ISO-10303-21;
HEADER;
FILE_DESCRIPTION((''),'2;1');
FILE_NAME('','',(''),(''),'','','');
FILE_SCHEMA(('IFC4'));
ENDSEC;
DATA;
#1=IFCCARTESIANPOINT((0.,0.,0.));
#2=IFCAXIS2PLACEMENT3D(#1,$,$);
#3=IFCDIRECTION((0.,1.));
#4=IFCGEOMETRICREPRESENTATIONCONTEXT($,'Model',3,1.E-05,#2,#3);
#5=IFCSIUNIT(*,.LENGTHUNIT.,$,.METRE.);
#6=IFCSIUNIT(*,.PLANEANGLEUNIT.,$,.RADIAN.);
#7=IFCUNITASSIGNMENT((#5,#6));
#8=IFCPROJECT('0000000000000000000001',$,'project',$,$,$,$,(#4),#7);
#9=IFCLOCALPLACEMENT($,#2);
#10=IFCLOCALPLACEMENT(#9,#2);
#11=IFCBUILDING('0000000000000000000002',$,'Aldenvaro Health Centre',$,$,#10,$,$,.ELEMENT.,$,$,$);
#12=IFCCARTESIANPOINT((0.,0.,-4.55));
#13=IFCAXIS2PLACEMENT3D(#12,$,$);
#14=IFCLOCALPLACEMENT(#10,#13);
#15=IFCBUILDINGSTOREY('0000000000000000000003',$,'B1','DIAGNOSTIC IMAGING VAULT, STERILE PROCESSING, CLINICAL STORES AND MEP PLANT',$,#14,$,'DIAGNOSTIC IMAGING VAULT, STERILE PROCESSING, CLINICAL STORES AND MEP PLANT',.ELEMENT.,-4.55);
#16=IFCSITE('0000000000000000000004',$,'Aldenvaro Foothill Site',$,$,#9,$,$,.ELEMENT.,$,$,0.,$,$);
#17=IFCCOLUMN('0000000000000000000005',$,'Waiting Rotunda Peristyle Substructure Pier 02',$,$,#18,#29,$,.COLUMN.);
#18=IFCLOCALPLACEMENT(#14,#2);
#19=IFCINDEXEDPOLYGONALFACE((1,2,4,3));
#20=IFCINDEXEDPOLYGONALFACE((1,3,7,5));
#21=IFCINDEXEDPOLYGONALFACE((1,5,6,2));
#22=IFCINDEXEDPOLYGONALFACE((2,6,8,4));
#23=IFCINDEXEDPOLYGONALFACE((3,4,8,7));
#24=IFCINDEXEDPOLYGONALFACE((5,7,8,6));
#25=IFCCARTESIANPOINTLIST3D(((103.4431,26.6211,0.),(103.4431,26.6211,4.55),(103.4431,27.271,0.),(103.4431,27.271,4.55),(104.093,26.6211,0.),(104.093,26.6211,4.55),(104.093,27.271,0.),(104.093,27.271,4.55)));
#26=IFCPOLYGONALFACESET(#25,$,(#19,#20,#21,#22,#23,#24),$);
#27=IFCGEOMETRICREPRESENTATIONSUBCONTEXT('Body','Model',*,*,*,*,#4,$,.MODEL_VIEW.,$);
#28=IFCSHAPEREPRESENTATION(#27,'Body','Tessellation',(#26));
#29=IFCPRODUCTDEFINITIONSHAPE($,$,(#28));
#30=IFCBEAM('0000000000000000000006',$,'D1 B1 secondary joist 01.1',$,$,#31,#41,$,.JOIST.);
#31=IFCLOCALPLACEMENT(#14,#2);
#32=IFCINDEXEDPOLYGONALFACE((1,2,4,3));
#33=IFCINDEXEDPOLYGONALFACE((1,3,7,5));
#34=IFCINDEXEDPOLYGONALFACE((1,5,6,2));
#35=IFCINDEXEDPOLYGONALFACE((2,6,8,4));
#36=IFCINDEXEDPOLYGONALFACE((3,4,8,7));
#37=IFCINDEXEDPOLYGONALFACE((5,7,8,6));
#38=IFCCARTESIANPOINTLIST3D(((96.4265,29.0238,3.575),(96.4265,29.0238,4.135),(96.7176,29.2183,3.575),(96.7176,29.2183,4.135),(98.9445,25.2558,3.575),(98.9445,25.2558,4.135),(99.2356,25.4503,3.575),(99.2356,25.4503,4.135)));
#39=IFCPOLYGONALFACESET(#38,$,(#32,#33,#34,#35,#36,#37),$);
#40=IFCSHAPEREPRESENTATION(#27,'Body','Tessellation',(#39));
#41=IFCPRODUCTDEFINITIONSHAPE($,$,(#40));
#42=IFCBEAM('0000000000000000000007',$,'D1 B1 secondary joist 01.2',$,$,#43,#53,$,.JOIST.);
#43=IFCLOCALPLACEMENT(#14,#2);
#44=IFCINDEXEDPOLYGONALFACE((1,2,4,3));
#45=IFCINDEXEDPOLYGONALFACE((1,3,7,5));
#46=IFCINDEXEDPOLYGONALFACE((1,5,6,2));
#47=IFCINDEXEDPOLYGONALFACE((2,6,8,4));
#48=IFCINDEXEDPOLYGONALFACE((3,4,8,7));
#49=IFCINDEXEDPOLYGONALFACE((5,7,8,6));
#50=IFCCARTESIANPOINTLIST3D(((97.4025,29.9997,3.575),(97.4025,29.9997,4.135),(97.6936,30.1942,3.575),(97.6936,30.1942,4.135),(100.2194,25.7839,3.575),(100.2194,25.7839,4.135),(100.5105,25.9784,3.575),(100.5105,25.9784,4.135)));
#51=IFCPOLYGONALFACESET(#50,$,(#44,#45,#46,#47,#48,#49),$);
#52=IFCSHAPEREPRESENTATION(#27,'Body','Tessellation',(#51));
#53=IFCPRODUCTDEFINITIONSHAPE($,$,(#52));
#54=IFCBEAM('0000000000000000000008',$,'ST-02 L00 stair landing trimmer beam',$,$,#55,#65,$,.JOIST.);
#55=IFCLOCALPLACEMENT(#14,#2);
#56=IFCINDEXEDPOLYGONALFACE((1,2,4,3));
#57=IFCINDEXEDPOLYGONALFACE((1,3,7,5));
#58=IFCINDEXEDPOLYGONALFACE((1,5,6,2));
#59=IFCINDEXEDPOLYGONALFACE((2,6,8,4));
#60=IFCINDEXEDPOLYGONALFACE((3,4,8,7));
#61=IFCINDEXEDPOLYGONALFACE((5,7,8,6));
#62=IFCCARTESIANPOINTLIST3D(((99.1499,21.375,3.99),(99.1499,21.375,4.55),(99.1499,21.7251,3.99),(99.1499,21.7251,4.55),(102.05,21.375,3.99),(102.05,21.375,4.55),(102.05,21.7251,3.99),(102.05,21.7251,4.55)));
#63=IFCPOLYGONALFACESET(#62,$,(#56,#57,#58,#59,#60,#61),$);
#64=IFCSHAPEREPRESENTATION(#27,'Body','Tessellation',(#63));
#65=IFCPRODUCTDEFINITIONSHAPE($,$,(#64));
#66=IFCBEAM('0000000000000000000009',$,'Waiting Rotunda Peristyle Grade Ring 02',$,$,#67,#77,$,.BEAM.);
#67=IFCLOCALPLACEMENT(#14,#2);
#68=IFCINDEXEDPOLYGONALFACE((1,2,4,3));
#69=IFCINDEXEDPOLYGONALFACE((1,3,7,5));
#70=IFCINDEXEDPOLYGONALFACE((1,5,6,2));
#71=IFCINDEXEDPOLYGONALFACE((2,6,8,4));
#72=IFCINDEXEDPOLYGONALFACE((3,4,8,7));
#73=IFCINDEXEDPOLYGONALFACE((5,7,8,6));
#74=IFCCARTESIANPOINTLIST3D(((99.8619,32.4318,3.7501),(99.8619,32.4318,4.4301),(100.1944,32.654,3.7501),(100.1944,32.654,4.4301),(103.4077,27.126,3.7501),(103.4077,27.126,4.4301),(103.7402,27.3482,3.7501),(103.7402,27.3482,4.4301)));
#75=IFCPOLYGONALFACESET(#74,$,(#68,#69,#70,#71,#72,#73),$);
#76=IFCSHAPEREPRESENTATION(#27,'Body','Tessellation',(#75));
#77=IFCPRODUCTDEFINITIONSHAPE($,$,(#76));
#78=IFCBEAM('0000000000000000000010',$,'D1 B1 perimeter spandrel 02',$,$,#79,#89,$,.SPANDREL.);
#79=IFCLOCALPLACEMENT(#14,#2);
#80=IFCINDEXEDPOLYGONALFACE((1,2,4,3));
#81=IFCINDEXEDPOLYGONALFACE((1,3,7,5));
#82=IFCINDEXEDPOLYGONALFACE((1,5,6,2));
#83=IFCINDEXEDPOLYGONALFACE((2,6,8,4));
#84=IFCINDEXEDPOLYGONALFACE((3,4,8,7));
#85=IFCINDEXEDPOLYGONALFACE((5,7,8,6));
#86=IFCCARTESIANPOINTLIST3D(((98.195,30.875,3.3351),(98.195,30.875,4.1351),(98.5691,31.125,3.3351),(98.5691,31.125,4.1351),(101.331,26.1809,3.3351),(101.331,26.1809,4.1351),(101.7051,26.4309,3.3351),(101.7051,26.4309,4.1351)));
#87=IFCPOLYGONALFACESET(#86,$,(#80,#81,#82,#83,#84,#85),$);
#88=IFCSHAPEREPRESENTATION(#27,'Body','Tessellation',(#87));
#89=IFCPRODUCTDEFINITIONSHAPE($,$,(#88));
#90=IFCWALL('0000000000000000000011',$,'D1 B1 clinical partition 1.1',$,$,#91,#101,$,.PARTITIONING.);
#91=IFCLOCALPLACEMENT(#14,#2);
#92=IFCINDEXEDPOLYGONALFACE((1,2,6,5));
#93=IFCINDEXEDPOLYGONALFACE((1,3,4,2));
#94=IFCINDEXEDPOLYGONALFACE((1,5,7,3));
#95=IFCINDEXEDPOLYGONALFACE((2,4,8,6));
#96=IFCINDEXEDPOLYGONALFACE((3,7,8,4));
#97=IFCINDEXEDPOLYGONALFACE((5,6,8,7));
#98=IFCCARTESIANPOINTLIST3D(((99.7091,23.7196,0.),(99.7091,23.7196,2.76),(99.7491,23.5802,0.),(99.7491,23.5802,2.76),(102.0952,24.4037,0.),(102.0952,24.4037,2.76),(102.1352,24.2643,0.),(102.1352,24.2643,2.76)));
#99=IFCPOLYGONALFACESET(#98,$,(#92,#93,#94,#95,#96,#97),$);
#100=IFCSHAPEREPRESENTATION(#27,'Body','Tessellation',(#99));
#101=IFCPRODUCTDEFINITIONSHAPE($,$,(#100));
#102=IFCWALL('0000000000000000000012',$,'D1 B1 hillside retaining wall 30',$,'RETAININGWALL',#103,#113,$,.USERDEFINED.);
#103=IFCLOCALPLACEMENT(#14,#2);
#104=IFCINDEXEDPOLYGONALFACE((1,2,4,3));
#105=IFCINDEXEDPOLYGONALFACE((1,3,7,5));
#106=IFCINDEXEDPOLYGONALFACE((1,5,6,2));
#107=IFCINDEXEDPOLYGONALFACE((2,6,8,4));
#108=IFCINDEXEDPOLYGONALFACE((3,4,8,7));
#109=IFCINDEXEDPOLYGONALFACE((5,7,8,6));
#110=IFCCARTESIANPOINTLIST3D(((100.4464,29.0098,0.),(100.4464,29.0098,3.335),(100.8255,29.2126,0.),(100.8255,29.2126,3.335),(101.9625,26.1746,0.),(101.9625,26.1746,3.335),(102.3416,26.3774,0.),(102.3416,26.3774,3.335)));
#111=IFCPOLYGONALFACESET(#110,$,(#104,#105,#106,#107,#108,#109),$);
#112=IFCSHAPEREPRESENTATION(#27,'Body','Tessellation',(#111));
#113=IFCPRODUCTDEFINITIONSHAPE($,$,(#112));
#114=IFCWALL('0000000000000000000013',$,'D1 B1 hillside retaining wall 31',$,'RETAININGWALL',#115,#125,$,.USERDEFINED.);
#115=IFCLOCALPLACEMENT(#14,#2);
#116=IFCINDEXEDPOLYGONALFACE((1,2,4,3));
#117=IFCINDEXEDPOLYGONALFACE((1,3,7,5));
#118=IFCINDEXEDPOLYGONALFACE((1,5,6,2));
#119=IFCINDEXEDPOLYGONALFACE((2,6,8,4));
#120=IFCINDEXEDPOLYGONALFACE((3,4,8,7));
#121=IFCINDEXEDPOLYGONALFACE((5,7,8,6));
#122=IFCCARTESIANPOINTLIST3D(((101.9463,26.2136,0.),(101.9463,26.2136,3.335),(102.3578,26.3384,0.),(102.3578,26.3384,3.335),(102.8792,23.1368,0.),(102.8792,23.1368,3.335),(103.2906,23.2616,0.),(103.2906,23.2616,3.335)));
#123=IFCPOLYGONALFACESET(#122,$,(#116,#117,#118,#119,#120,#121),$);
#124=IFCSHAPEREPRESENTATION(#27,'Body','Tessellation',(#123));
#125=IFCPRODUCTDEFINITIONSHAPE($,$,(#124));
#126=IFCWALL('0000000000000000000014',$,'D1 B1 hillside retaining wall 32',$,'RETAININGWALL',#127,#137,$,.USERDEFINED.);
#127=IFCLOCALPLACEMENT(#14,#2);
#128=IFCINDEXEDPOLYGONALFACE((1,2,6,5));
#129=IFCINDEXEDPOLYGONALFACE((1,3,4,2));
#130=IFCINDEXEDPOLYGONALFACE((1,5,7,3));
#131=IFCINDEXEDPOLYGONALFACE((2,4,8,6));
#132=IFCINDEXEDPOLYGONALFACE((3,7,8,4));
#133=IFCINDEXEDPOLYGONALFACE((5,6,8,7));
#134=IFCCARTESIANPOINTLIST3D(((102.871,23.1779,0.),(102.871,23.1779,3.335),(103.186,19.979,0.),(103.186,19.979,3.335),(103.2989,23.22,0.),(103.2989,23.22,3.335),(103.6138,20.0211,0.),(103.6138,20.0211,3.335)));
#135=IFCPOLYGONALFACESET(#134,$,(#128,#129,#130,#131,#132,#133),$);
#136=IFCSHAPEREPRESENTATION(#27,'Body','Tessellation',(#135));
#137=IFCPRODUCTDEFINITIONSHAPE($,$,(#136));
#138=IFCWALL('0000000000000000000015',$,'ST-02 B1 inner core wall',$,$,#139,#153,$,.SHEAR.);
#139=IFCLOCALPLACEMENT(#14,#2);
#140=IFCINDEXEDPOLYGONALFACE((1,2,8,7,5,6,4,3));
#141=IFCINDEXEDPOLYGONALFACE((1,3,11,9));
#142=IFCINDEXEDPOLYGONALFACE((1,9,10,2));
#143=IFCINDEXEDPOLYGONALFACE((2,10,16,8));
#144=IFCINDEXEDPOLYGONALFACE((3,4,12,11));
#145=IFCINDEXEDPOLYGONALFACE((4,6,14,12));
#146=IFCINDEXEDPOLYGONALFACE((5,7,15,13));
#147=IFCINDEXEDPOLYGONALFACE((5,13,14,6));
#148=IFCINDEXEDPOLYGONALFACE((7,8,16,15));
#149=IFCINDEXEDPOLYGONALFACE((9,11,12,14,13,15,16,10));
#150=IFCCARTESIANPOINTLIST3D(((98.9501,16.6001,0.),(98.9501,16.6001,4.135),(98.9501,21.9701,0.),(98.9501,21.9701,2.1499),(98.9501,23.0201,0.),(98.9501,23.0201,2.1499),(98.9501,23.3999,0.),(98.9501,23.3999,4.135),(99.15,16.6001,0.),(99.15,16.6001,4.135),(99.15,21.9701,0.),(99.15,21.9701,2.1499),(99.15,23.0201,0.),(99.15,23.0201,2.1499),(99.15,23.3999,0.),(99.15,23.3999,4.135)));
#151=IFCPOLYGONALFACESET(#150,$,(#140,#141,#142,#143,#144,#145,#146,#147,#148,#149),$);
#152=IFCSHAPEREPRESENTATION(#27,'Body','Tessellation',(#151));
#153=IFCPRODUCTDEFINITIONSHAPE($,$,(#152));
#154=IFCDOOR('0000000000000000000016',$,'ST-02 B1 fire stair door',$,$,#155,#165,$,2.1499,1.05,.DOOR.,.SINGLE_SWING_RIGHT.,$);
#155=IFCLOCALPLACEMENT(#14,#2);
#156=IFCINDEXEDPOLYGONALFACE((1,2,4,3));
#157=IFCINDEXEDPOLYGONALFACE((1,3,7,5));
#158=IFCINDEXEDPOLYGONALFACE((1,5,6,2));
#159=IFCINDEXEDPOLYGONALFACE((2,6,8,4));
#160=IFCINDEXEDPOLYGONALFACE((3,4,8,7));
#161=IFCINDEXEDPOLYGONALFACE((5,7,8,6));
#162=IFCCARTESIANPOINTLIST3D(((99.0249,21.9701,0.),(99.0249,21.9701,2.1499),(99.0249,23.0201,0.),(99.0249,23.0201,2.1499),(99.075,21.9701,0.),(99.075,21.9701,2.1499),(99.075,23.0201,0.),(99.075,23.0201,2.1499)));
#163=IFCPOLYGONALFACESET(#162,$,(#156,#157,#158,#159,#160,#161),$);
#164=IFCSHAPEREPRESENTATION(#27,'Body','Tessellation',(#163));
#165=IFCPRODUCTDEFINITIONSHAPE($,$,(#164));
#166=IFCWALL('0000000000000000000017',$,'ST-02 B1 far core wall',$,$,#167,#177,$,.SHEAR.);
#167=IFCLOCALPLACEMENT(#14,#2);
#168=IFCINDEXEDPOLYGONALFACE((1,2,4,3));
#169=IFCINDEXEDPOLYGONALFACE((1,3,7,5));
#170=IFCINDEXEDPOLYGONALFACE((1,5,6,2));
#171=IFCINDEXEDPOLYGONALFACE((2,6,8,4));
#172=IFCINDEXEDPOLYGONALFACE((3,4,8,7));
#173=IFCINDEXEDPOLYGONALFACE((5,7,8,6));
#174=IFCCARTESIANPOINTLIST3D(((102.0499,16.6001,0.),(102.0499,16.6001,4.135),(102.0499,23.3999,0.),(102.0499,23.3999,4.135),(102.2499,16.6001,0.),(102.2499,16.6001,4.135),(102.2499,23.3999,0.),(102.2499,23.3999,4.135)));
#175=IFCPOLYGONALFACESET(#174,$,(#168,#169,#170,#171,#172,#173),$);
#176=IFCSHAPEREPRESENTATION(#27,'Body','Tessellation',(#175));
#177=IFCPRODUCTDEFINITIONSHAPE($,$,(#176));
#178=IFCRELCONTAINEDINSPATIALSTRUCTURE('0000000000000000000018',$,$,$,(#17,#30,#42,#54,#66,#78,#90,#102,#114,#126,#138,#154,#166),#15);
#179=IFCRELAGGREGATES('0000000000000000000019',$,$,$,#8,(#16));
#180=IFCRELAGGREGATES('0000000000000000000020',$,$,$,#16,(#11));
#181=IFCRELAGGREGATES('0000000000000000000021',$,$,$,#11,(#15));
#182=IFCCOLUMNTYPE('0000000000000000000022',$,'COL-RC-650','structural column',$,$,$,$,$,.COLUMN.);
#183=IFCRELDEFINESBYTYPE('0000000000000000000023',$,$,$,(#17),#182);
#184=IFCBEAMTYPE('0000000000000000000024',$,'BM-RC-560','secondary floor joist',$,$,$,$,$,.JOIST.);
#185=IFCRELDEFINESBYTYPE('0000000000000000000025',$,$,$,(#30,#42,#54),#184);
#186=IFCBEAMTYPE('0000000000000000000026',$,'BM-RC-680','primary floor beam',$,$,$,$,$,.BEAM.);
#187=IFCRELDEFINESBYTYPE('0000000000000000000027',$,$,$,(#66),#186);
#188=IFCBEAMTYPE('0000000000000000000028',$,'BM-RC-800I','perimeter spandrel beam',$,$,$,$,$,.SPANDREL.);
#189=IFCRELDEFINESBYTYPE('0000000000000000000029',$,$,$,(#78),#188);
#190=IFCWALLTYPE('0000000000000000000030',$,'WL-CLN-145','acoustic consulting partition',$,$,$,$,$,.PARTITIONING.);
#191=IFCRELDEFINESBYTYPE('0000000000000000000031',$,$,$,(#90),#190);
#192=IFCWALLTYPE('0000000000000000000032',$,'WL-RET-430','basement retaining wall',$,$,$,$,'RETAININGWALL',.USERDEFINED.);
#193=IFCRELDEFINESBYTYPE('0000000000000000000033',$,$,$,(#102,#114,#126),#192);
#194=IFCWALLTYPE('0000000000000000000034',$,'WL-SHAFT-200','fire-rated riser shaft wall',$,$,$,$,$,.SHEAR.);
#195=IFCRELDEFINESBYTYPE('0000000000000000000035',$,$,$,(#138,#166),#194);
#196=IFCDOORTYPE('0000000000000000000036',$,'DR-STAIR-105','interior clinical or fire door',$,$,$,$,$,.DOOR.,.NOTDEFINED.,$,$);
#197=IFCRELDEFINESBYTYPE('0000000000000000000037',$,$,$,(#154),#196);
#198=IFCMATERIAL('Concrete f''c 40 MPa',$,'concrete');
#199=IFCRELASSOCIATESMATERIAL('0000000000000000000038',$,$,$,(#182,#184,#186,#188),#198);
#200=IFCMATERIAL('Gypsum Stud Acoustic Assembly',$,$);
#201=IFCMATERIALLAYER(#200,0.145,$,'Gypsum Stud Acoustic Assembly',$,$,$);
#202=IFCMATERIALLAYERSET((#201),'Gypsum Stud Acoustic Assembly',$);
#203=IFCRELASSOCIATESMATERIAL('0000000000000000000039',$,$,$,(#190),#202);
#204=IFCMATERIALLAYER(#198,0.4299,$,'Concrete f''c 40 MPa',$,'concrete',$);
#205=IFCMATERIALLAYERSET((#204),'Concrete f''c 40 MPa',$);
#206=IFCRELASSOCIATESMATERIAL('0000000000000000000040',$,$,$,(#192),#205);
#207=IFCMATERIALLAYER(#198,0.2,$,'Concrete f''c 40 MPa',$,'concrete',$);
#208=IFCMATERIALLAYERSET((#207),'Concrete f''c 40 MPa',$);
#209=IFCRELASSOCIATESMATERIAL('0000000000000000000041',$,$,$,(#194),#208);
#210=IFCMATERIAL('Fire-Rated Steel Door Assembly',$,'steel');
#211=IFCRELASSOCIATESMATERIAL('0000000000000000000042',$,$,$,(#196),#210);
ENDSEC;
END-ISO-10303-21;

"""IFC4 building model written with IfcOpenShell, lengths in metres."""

from ifc_helpers import new_model, si_unit, direction, frame, frame_2d, origin, origin_2d, place, context, subcontext, project, spatial, rectangle, extrude, material, layer, layer_set, material_profile, profile_set, type_object, element, fill, save


model = new_model("IFC4")

# Units and contexts
model_context = context("Model", 3, precision=1e-05, world=origin(), true_north=direction((0.0, 1.0)))
body_context = subcontext(model_context, "Body", "Model", "MODEL_VIEW")
ifc_project = project(units=[si_unit("LENGTHUNIT", "METRE"), si_unit("PLANEANGLEUNIT", "RADIAN")], contexts=[model_context])

# Site, building, storey
site_placement = place(None, origin())
site = spatial("IfcSite", under=ifc_project, at=site_placement, Name="Aldenvaro Foothill Site", CompositionType="ELEMENT", RefElevation=0.0)
building_placement = place(site_placement, origin())
building = spatial("IfcBuilding", under=site, at=building_placement, Name="Aldenvaro Health Centre", CompositionType="ELEMENT")
storey_placement = place(building_placement, frame((0.0, 0.0, -4.55)))
storey = spatial("IfcBuildingStorey", under=building, at=storey_placement, Name="B1", Description="DIAGNOSTIC IMAGING VAULT, STERILE PROCESSING, CLINICAL STORES AND MEP PLANT", LongName="DIAGNOSTIC IMAGING VAULT, STERILE PROCESSING, CLINICAL STORES AND MEP PLANT", CompositionType="ELEMENT", Elevation=-4.55)

# Shared definitions
ifc_material_1 = material(Name="Concrete f'c 40 MPa", Category="concrete")

# Column
ifc_material_profile_1 = material_profile(ifc_material_1, rectangle(XDim=0.6499, YDim=0.6499, at=origin_2d()), Name="RC 650x650", Category="concrete")
ifc_profile_set_1 = profile_set([ifc_material_profile_1], Name="Concrete f'c 40 MPa")
column_type_1 = type_object("IfcColumnType", Name="COL-RC-650", Description="structural column", PredefinedType="COLUMN", material=ifc_profile_set_1)
column_1_placement = place(storey_placement, frame((103.7681, 26.946, 0.0), z_axis=(0.0, 0.0, 1.0), x_axis=(1.0, 0.0, 0.0)))
element("IfcColumn", 1, at=column_1_placement, inside=storey, type_object=column_type_1, Name="Waiting Rotunda Peristyle Substructure Pier 02", PredefinedType="COLUMN", context=body_context, shape_type="SweptSolid", body=[
    extrude(rectangle(XDim=0.6499, YDim=0.6499, at=origin_2d()), origin(), (0.0, 0.0, 1.0), 4.55),
])

# Beams
ifc_material_profile_2 = material_profile(ifc_material_1, rectangle(XDim=0.3501, YDim=0.5601, at=origin_2d()), Name="RC 350x560", Category="concrete")
ifc_profile_set_2 = profile_set([ifc_material_profile_2], Name="Concrete f'c 40 MPa")
beam_type_1 = type_object("IfcBeamType", Name="BM-RC-560", Description="secondary floor joist", PredefinedType="JOIST", material=ifc_profile_set_2)
beam_1_placement = place(storey_placement, frame((99.0901, 25.353, 3.855), z_axis=(-0.55562, 0.831436, 0.0), x_axis=(-0.831436, -0.55562, 0.0)))
element("IfcBeam", 2, at=beam_1_placement, inside=storey, type_object=beam_type_1, Name="D1 B1 secondary joist 01.1", PredefinedType="JOIST", context=body_context, shape_type="SweptSolid", body=[
    extrude(rectangle(XDim=0.3501, YDim=0.5601, at=origin_2d()), origin(), (0.0, 0.0, 1.0), 4.532),
])
beam_2_placement = place(storey_placement, frame((100.365, 25.8811, 3.855), z_axis=(-0.555567, 0.831472, 0.0), x_axis=(-0.831472, -0.555567, 0.0)))
element("IfcBeam", 3, at=beam_2_placement, inside=storey, type_object=beam_type_1, Name="D1 B1 secondary joist 01.2", PredefinedType="JOIST", context=body_context, shape_type="SweptSolid", body=[
    extrude(rectangle(XDim=0.3501, YDim=0.5601, at=origin_2d()), origin(), (0.0, 0.0, 1.0), 5.0703),
])
beam_3_placement = place(storey_placement, frame((99.1499, 21.55, 4.27), z_axis=(1.0, 0.0, 0.0), x_axis=(0.0, 1.0, 0.0)))
element("IfcBeam", 4, at=beam_3_placement, inside=storey, type_object=beam_type_1, Name="ST-02 L00 stair landing trimmer beam", PredefinedType="JOIST", context=body_context, shape_type="SweptSolid", body=[
    extrude(rectangle(XDim=0.3501, YDim=0.5601, at=origin_2d()), origin(), (0.0, 0.0, 1.0), 2.9001),
])
ifc_material_profile_3 = material_profile(ifc_material_1, rectangle(XDim=0.3999, YDim=0.6799, at=origin_2d()), Name="RC 400x680", Category="concrete")
ifc_profile_set_3 = profile_set([ifc_material_profile_3], Name="Concrete f'c 40 MPa")
beam_type_2 = type_object("IfcBeamType", Name="BM-RC-680", Description="primary floor beam", PredefinedType="BEAM", material=ifc_profile_set_3)
beam_4_placement = place(storey_placement, frame((103.574, 27.2371, 4.0901), z_axis=(-0.555636, 0.831426, 0.0), x_axis=(-0.831426, -0.555636, 0.0)))
element("IfcBeam", 5, at=beam_4_placement, inside=storey, type_object=beam_type_2, Name="Waiting Rotunda Peristyle Grade Ring 02", PredefinedType="BEAM", context=body_context, shape_type="SweptSolid", body=[
    extrude(rectangle(XDim=0.3999, YDim=0.6799, at=origin_2d()), origin(), (0.0, 0.0, 1.0), 6.3816),
])
ifc_material_profile_4 = material_profile(ifc_material_1, rectangle(XDim=0.45, YDim=0.8, at=origin_2d()), Name="RC 450x800", Category="concrete")
ifc_profile_set_4 = profile_set([ifc_material_profile_4], Name="Concrete f'c 40 MPa")
beam_type_3 = type_object("IfcBeamType", Name="BM-RC-800I", Description="perimeter spandrel beam", PredefinedType="SPANDREL", material=ifc_profile_set_4)
beam_5_placement = place(storey_placement, frame((101.5181, 26.3059, 3.7351), z_axis=(-0.555508, 0.831511, 0.0), x_axis=(-0.831511, -0.555508, 0.0)))
element("IfcBeam", 6, at=beam_5_placement, inside=storey, type_object=beam_type_3, Name="D1 B1 perimeter spandrel 02", PredefinedType="SPANDREL", context=body_context, shape_type="SweptSolid", body=[
    extrude(rectangle(XDim=0.45, YDim=0.8, at=origin_2d()), origin(), (0.0, 0.0, 1.0), 5.6453),
])

# Walls
ifc_material_2 = material(Name="Gypsum Stud Acoustic Assembly")
ifc_layer_1 = layer(ifc_material_2, 0.145, Name="Gypsum Stud Acoustic Assembly")
ifc_layer_set_1 = layer_set([ifc_layer_1], Name="Gypsum Stud Acoustic Assembly")
wall_type_1 = type_object("IfcWallType", Name="WL-CLN-145", Description="acoustic consulting partition", PredefinedType="PARTITIONING", material=ifc_layer_set_1)
wall_1_placement = place(storey_placement, frame((99.729, 23.6499, 0.0), z_axis=(0.0, 0.0, 1.0), x_axis=(0.961271, 0.275604, 0.0)))
element("IfcWall", 7, at=wall_1_placement, inside=storey, type_object=wall_type_1, Name="D1 B1 clinical partition 1.1", PredefinedType="PARTITIONING", context=body_context, shape_type="SweptSolid", body=[
    extrude(rectangle(XDim=2.4822, YDim=0.145, at=frame_2d((1.2412, 0.0))), origin(), (0.0, 0.0, 1.0), 2.76),
])
ifc_layer_2 = layer(ifc_material_1, 0.4299, Name="Concrete f'c 40 MPa", Category="concrete")
ifc_layer_set_2 = layer_set([ifc_layer_2], Name="Concrete f'c 40 MPa")
wall_type_2 = type_object("IfcWallType", Name="WL-RET-430", Description="basement retaining wall", ElementType="RETAININGWALL", PredefinedType="USERDEFINED", material=ifc_layer_set_2)
for number, where, z_axis, x_axis, name in (
    (8, (100.636, 29.1111, 0.0), (0.0, 0.0, 1.0), (0.471558, -0.881835, 0.0), "D1 B1 hillside retaining wall 30"),
    (9, (102.1521, 26.2759, 0.0), (0.0, 0.0, 1.0), (0.29014, -0.956984, 0.0), "D1 B1 hillside retaining wall 31"),
):
    element("IfcWall", number, at=place(storey_placement, frame(where, z_axis=z_axis, x_axis=x_axis)), inside=storey, type_object=wall_type_2, Name=name, ObjectType="RETAININGWALL", PredefinedType="USERDEFINED", context=body_context, shape_type="SweptSolid", body=[
        extrude(rectangle(XDim=3.2151, YDim=0.4299, at=frame_2d((1.6074, 0.0))), origin(), (0.0, 0.0, 1.0), 3.335),
    ])
wall_2_placement = place(storey_placement, frame((103.085, 23.199, 0.0), z_axis=(0.0, 0.0, 1.0), x_axis=(0.097977, -0.995189, 0.0)))
element("IfcWall", 10, at=wall_2_placement, inside=storey, type_object=wall_type_2, Name="D1 B1 hillside retaining wall 32", ObjectType="RETAININGWALL", PredefinedType="USERDEFINED", context=body_context, shape_type="SweptSolid", body=[
    extrude(rectangle(XDim=3.2144, YDim=0.4299, at=frame_2d((1.6072, 0.0))), origin(), (0.0, 0.0, 1.0), 3.335),
])

# Wall, opening, door
ifc_layer_3 = layer(ifc_material_1, 0.2, Name="Concrete f'c 40 MPa", Category="concrete")
ifc_layer_set_3 = layer_set([ifc_layer_3], Name="Concrete f'c 40 MPa")
wall_type_3 = type_object("IfcWallType", Name="WL-SHAFT-200", Description="fire-rated riser shaft wall", PredefinedType="SHEAR", material=ifc_layer_set_3)
wall_3_placement = place(storey_placement, frame((99.05, 23.3999, 0.0), z_axis=(0.0, 0.0, 1.0), x_axis=(0.0, -1.0, 0.0)))
wall_3 = element("IfcWall", 11, at=wall_3_placement, inside=storey, type_object=wall_type_3, Name="ST-02 B1 inner core wall", PredefinedType="SHEAR", context=body_context, shape_type="SweptSolid", body=[
    extrude(rectangle(XDim=6.7998, YDim=0.2, at=frame_2d((3.3999, 0.0))), origin(), (0.0, 0.0, 1.0), 4.135),
])
opening_placement = place(wall_3_placement, frame((0.3799, 0.0, 0.0)))
opening = element("IfcOpeningElement", 12, at=opening_placement, cuts=wall_3, PredefinedType="OPENING", context=body_context, shape_type="SweptSolid", body=[
    extrude(rectangle(XDim=1.05, YDim=2.1499, at=frame_2d((0.5249, 1.075))), frame((0.0, 0.1099, 0.0), z_axis=(0.0, -1.0, 0.0), x_axis=(1.0, 0.0, 0.0)), (0.0, 0.0, 1.0), 0.22),
])
ifc_material_3 = material(Name="Fire-Rated Steel Door Assembly", Category="steel")
door_type = type_object("IfcDoorType", Name="DR-STAIR-105", Description="interior clinical or fire door", OperationType="NOTDEFINED", PredefinedType="DOOR", material=ifc_material_3)
door_placement = place(opening_placement, origin())
door = element("IfcDoor", 13, at=door_placement, inside=storey, type_object=door_type, Name="ST-02 B1 fire stair door", OperationType="SINGLE_SWING_RIGHT", OverallHeight=2.1499, OverallWidth=1.05, PredefinedType="DOOR", context=body_context, shape_type="SweptSolid", body=[
    extrude(rectangle(XDim=1.05, YDim=2.1499, at=frame_2d((0.5249, 1.075))), frame((0.0, 0.0249, 0.0), z_axis=(0.0, -1.0, 0.0), x_axis=(1.0, 0.0, 0.0)), (0.0, 0.0, 1.0), 0.05),
])
fill(opening, door)

# Wall
wall_4_placement = place(storey_placement, frame((102.1499, 23.3999, 0.0), z_axis=(0.0, 0.0, 1.0), x_axis=(0.0, -1.0, 0.0)))
element("IfcWall", 14, at=wall_4_placement, inside=storey, type_object=wall_type_3, Name="ST-02 B1 far core wall", PredefinedType="SHEAR", context=body_context, shape_type="SweptSolid", body=[
    extrude(rectangle(XDim=6.7998, YDim=0.2, at=frame_2d((3.3999, 0.0))), origin(), (0.0, 0.0, 1.0), 4.135),
])

save(model, "model.ifc")
